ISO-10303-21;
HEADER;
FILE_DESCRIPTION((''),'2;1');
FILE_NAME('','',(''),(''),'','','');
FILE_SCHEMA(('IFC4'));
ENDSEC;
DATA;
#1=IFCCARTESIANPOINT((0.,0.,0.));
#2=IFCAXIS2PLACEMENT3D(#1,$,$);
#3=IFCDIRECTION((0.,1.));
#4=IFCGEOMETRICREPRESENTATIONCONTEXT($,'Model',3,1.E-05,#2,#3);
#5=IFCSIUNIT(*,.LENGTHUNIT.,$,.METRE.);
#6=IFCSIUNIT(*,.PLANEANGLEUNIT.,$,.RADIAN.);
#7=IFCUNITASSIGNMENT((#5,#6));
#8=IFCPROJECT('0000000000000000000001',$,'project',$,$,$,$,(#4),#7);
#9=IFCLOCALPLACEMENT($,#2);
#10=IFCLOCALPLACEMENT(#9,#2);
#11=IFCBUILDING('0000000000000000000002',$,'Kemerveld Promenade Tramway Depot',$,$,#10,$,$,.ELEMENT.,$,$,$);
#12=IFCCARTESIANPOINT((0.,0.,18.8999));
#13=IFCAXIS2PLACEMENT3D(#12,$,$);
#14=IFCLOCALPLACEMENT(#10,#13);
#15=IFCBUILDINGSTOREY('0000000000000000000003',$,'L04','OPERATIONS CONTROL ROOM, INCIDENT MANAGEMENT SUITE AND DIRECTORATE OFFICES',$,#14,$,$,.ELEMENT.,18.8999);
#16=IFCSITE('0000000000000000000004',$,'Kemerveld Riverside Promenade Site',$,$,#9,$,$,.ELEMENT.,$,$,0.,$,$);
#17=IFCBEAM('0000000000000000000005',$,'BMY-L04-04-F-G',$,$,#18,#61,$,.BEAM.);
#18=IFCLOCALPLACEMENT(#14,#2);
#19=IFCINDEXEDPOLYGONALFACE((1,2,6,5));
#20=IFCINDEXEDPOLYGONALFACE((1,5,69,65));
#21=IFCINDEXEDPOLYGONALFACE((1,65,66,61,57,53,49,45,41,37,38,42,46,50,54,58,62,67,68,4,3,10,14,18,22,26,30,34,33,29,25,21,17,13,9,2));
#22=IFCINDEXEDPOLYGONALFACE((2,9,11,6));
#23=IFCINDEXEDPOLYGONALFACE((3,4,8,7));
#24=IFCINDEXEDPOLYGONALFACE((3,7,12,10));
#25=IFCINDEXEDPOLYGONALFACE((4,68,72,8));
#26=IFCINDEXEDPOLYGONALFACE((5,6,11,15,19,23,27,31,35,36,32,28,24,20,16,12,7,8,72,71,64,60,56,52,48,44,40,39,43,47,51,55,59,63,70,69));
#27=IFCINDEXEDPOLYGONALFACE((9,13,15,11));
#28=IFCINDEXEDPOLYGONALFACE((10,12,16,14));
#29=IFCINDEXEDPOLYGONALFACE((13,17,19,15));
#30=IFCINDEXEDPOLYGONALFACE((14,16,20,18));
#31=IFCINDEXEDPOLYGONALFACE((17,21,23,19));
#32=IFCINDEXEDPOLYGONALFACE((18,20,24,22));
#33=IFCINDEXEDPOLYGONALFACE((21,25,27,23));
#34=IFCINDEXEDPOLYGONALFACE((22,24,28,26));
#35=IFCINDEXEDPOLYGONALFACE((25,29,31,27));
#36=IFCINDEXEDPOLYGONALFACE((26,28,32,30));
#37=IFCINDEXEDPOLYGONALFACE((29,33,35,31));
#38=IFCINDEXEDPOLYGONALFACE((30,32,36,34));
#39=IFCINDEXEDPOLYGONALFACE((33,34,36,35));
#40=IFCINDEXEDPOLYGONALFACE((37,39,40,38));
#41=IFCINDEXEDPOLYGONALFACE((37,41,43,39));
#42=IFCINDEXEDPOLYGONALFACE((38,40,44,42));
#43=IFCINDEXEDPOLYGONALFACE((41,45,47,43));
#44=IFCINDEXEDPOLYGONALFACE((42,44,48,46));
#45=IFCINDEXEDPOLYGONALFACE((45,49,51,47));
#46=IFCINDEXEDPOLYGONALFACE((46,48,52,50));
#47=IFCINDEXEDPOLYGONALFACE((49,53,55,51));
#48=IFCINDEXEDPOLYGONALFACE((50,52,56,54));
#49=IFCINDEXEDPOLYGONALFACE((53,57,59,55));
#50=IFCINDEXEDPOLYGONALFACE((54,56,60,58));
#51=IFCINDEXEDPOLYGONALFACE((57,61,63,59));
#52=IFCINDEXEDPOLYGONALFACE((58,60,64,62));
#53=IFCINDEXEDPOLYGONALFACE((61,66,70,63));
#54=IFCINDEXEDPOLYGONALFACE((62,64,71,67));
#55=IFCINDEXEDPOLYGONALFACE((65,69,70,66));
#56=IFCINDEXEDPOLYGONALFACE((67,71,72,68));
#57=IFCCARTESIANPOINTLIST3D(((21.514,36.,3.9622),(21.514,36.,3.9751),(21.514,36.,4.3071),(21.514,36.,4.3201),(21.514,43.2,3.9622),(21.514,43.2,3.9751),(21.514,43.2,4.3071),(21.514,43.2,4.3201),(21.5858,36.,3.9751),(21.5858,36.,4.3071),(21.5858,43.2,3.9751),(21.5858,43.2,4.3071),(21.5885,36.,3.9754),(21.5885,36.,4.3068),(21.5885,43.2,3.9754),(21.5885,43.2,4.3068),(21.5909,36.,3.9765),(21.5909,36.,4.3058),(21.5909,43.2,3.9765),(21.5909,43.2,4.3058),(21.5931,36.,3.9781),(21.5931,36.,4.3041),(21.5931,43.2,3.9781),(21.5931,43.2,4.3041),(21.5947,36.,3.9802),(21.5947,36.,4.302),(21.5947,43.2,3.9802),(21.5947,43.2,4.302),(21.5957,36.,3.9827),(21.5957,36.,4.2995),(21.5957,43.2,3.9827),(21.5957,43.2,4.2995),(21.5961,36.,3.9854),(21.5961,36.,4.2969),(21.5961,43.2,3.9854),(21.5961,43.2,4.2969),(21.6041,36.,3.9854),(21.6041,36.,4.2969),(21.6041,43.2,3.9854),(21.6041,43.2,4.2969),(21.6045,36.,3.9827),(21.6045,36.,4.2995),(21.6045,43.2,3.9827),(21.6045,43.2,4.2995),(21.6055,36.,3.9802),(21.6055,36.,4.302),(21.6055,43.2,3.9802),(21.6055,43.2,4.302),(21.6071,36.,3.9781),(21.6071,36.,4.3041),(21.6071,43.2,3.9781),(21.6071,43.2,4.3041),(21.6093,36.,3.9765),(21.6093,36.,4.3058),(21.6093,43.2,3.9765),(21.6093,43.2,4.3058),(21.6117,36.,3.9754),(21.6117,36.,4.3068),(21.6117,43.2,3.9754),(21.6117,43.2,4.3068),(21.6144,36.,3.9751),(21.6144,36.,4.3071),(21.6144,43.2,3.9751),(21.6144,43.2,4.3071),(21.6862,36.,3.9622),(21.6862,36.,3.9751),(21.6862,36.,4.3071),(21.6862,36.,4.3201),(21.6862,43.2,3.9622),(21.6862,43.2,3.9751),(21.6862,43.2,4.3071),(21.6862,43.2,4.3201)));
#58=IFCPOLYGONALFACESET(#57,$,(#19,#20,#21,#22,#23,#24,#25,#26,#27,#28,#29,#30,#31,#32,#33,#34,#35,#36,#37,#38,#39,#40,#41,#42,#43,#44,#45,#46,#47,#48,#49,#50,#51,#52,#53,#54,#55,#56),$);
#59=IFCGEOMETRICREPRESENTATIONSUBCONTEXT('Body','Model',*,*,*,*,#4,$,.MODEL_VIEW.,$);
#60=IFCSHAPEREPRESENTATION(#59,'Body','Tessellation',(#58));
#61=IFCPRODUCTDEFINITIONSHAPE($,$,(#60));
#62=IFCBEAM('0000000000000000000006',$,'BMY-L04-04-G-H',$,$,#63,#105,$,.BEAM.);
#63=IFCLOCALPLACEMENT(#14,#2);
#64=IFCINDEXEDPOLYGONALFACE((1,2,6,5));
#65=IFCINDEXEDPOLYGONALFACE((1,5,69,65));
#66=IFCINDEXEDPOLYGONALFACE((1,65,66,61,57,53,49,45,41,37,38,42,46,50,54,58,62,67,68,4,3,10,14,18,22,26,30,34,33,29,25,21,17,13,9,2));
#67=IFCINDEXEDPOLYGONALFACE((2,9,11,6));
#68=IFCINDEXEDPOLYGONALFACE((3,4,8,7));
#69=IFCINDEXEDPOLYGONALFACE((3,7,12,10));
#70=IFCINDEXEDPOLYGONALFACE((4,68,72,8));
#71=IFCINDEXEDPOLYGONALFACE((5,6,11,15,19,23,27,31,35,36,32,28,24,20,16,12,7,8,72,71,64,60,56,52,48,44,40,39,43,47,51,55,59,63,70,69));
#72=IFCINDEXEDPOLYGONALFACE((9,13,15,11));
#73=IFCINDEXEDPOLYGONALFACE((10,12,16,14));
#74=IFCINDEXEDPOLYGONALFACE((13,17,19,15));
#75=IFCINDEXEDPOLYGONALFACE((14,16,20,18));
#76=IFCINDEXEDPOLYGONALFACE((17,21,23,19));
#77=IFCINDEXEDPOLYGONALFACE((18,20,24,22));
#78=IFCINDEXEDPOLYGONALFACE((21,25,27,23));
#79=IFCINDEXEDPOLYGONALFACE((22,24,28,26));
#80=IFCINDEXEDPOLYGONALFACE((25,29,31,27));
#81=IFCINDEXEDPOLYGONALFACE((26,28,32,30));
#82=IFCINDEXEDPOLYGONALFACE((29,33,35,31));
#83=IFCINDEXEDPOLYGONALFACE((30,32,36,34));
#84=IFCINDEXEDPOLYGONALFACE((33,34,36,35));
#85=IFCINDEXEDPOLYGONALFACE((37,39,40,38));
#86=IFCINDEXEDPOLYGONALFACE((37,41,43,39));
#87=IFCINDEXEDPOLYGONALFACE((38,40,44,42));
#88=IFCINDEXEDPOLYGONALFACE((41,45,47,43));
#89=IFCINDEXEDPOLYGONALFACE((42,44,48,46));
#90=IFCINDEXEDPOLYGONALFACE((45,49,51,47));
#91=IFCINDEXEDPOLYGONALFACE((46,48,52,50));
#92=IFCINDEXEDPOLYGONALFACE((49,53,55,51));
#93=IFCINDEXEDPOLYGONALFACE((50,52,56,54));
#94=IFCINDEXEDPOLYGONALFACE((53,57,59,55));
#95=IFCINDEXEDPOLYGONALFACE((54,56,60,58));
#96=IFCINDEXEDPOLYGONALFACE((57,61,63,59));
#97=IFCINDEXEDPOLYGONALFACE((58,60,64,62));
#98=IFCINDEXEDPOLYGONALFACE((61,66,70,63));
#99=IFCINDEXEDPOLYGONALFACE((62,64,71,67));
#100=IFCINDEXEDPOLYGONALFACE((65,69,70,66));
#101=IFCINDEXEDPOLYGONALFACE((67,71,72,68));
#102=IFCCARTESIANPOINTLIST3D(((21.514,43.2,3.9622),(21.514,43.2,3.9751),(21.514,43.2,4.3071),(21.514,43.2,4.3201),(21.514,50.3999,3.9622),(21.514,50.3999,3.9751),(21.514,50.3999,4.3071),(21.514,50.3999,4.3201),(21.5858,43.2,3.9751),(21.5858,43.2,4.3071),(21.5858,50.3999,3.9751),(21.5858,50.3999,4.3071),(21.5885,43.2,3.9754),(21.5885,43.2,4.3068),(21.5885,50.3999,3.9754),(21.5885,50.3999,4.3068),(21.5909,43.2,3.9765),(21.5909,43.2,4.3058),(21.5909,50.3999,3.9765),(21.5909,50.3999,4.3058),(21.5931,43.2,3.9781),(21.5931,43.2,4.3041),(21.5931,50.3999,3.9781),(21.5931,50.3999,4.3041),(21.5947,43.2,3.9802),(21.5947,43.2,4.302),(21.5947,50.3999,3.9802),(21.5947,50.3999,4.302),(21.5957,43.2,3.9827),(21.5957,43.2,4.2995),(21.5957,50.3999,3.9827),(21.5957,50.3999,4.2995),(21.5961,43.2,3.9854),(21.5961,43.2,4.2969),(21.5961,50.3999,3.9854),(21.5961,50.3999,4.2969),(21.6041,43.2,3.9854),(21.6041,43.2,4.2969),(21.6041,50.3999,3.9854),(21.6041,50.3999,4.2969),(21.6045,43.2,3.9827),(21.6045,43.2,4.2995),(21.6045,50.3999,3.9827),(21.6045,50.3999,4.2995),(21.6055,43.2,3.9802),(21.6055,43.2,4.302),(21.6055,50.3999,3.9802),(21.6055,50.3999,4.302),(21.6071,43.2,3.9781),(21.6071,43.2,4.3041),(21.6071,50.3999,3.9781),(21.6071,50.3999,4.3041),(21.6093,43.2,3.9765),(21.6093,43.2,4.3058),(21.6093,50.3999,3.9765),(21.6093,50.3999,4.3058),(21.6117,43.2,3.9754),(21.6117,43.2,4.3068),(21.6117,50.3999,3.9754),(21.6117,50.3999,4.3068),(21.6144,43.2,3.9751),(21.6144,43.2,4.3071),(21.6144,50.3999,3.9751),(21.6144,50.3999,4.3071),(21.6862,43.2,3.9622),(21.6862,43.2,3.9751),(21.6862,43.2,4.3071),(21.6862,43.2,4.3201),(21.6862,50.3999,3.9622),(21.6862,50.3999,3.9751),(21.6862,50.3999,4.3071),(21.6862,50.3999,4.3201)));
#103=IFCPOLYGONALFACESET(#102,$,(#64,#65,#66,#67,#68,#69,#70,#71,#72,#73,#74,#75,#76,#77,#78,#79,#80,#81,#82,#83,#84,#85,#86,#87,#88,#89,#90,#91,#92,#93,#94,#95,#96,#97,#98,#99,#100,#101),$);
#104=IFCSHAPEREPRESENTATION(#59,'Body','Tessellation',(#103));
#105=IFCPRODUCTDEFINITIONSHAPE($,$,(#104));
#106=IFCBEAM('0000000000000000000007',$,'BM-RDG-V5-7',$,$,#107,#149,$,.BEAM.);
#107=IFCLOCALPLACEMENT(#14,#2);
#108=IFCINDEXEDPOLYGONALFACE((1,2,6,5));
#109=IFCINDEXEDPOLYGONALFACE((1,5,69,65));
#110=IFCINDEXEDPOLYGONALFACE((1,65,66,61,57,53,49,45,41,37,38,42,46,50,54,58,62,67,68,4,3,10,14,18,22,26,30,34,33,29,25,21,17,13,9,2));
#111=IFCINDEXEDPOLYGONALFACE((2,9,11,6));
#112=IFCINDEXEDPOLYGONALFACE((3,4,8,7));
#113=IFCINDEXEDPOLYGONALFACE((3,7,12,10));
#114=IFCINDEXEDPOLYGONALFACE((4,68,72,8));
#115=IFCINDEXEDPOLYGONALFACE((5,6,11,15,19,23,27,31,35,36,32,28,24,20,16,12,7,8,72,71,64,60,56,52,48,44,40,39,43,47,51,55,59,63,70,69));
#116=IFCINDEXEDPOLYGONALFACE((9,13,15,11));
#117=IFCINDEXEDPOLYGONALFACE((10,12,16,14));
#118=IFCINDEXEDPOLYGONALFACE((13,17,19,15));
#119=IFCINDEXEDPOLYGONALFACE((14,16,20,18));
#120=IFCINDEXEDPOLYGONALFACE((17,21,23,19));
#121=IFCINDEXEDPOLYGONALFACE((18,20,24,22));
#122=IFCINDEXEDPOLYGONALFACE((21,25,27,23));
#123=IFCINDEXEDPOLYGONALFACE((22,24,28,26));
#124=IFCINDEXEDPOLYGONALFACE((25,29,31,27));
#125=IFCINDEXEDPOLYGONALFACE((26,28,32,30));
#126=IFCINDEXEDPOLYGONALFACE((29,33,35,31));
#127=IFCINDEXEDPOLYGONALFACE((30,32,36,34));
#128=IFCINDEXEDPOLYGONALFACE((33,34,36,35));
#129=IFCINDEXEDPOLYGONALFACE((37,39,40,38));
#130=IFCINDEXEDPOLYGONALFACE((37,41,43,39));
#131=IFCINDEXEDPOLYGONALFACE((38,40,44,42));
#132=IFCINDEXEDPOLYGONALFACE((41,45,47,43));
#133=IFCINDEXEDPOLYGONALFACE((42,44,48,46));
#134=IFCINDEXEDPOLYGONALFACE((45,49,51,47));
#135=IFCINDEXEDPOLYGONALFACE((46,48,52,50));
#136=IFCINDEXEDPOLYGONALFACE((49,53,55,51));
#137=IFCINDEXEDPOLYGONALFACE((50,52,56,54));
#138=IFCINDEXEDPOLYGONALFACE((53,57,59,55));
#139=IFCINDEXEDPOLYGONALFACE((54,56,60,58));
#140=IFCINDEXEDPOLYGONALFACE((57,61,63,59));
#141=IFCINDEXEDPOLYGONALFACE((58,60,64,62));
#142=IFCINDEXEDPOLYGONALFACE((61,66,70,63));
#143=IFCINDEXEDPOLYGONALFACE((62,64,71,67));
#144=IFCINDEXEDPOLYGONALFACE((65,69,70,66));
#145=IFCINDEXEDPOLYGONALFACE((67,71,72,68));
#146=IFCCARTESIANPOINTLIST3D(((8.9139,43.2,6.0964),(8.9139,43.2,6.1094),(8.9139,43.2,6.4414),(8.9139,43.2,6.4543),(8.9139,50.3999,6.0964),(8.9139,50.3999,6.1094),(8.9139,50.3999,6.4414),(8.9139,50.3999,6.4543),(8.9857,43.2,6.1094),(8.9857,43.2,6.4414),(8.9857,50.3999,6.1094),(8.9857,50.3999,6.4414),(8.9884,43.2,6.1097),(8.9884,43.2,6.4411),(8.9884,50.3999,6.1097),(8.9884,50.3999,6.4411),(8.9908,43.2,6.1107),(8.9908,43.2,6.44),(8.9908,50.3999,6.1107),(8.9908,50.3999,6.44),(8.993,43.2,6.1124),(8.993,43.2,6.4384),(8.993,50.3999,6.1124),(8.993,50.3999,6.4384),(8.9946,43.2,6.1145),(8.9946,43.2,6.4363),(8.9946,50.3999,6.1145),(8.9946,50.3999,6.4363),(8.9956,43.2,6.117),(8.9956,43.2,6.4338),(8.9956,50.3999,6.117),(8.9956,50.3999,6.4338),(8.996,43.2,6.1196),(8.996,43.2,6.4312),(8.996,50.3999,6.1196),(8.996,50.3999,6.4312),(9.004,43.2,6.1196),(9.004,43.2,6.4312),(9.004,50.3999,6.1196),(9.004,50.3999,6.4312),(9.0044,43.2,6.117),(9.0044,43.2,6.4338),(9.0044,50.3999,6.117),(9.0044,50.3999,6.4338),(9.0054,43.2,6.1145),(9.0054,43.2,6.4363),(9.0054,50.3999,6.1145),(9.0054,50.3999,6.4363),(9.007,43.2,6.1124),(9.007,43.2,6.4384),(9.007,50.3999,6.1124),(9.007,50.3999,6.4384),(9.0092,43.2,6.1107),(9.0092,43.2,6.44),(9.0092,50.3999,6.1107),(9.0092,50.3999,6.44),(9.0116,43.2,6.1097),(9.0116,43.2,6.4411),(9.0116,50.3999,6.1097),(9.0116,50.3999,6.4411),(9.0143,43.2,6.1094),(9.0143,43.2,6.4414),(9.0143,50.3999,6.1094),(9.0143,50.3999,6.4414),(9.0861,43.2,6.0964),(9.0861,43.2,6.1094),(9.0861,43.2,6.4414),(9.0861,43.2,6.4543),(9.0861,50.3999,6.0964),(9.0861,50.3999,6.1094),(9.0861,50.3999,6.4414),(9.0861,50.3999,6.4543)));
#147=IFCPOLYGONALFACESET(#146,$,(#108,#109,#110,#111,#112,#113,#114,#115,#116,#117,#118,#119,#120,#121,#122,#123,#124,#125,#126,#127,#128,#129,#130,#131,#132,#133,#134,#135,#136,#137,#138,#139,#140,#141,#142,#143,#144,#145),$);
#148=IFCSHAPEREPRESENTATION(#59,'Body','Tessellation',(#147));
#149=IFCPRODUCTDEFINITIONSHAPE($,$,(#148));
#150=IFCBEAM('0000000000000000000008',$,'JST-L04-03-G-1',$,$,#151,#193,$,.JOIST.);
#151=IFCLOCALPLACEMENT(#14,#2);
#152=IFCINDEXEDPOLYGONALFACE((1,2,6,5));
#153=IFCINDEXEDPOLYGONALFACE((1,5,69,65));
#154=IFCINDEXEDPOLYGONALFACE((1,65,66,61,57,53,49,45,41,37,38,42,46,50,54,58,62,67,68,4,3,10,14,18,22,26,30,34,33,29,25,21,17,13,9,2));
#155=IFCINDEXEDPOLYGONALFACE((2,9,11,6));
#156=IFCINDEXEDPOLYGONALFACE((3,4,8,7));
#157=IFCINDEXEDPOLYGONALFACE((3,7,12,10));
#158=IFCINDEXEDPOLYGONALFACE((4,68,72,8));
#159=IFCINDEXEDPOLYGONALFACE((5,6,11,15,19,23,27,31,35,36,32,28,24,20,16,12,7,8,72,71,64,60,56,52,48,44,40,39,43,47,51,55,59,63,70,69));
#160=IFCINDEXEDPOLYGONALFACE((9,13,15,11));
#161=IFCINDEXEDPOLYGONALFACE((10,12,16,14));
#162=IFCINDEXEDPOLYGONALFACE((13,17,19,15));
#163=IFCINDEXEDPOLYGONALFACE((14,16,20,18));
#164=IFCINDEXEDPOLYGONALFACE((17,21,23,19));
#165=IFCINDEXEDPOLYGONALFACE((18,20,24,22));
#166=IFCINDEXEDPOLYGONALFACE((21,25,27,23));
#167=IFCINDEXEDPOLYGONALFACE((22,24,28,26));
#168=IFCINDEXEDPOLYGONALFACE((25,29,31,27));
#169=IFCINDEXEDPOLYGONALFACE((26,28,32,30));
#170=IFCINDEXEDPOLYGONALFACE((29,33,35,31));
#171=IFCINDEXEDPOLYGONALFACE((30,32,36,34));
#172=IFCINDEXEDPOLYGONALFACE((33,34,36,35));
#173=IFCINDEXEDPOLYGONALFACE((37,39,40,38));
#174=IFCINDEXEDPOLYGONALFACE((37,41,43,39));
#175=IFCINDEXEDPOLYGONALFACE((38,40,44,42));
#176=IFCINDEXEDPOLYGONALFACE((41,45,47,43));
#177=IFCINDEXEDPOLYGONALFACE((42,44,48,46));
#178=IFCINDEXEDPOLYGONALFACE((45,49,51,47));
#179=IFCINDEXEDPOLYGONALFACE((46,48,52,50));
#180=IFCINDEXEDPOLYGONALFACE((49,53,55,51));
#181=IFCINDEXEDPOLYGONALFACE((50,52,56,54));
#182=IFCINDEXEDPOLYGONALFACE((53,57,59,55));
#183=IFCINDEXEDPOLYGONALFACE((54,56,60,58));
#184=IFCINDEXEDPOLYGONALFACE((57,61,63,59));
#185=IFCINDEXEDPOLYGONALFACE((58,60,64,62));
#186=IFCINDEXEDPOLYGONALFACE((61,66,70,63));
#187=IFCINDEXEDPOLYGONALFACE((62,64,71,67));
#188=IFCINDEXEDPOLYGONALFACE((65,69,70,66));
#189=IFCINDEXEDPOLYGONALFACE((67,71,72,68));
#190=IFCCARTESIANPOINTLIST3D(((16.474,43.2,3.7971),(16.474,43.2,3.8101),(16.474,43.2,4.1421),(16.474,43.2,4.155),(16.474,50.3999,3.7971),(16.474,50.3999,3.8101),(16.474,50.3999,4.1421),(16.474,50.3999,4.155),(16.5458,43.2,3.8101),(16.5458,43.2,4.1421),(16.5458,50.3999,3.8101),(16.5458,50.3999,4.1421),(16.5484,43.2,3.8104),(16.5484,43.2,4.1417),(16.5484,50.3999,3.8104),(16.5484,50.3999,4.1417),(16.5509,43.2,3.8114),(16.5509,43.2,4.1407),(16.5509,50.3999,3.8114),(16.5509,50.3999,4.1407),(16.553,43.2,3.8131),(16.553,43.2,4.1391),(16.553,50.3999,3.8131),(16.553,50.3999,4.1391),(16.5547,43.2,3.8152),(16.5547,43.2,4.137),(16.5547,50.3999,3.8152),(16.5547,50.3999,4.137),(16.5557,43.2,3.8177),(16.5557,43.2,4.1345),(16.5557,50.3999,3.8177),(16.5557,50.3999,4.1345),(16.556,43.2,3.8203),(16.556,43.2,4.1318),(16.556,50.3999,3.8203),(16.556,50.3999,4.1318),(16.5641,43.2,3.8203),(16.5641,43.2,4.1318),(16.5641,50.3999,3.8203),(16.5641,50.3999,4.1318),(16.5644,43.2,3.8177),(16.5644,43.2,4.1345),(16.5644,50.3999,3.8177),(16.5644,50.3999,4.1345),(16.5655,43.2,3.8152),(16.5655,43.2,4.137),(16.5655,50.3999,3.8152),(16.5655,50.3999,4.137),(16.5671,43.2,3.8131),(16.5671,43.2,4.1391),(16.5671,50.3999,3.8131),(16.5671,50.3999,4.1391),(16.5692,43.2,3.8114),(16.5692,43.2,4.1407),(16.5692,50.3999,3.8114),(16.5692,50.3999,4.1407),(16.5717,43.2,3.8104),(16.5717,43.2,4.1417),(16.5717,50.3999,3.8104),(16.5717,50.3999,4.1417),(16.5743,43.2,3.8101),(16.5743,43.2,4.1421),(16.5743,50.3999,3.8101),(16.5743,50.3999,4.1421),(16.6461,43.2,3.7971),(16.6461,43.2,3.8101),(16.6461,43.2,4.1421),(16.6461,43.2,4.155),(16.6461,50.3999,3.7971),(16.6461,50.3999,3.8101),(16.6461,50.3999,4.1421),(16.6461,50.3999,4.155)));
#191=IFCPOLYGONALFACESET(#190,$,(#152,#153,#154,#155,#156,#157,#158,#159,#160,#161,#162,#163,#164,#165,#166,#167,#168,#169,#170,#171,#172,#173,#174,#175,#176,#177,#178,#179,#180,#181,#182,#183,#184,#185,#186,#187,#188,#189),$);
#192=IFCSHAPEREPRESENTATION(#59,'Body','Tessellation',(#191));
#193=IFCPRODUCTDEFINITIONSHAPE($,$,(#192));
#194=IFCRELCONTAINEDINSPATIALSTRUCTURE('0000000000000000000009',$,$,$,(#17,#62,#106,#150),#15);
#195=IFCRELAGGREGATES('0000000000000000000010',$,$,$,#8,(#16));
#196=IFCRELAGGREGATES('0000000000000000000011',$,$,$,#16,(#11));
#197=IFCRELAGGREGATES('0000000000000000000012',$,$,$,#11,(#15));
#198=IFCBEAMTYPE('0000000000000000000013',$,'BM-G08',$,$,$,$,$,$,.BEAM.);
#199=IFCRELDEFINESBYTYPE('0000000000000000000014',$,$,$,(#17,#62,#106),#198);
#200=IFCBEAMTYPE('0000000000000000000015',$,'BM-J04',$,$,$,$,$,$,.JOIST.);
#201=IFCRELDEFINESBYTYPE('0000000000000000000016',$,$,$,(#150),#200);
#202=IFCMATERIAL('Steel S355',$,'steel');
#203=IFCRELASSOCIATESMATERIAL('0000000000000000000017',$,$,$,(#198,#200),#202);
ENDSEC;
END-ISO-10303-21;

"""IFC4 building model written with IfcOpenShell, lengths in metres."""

from ifc_helpers import new_model, si_unit, direction, frame, origin, origin_2d, place, context, subcontext, project, spatial, i_section, extrude, material, material_profile, profile_set, type_object, element, save


model = new_model("IFC4")

# Units and contexts
model_context = context("Model", 3, precision=1e-05, world=origin(), true_north=direction((0.0, 1.0)))
body_context = subcontext(model_context, "Body", "Model", "MODEL_VIEW")
ifc_project = project(units=[si_unit("LENGTHUNIT", "METRE"), si_unit("PLANEANGLEUNIT", "RADIAN")], contexts=[model_context])

# Site, building, storey
site_placement = place(None, origin())
site = spatial("IfcSite", under=ifc_project, at=site_placement, Name="Kemerveld Riverside Promenade Site", CompositionType="ELEMENT", RefElevation=0.0)
building_placement = place(site_placement, origin())
building = spatial("IfcBuilding", under=site, at=building_placement, Name="Kemerveld Promenade Tramway Depot", CompositionType="ELEMENT")
storey_placement = place(building_placement, frame((0.0, 0.0, 18.8999)))
storey = spatial("IfcBuildingStorey", under=building, at=storey_placement, Name="L04", Description="OPERATIONS CONTROL ROOM, INCIDENT MANAGEMENT SUITE AND DIRECTORATE OFFICES", CompositionType="ELEMENT", Elevation=18.8999)

# Shared definitions
ifc_material_1 = material(Name="Steel S355", Category="steel")

# Beams
ifc_material_profile_1 = material_profile(ifc_material_1, i_section(OverallWidth=0.1721, OverallDepth=0.3579, WebThickness=0.0081, FlangeThickness=0.0129, FilletRadius=0.0103, at=origin_2d()), Name="356x171x57 UB")
ifc_profile_set_1 = profile_set([ifc_material_profile_1], Name="Steel S355")
beam_type_1 = type_object("IfcBeamType", Name="BM-G08", PredefinedType="BEAM", material=ifc_profile_set_1)
for number, where, z_axis, x_axis, name in (
    (1, (21.6001, 36.0, 4.1411), (0.0, 1.0, 0.0), (-1.0, 0.0, 0.0), "BMY-L04-04-F-G"),
    (2, (21.6001, 43.2, 4.1411), (0.0, 1.0, 0.0), (-1.0, 0.0, 0.0), "BMY-L04-04-G-H"),
    (3, (9.0, 43.2, 6.2754), (0.0, 1.0, 0.0), (-1.0, 0.0, 0.0), "BM-RDG-V5-7"),
):
    element("IfcBeam", number, at=place(storey_placement, frame(where, z_axis=z_axis, x_axis=x_axis)), inside=storey, type_object=beam_type_1, Name=name, PredefinedType="BEAM", context=body_context, shape_type="SweptSolid", body=[
        extrude(i_section(OverallWidth=0.1721, OverallDepth=0.3579, WebThickness=0.0081, FlangeThickness=0.0129, FilletRadius=0.0103, at=origin_2d()), origin(), (0.0, 0.0, 1.0), 7.2),
    ])
ifc_material_profile_2 = material_profile(ifc_material_1, i_section(OverallWidth=0.1721, OverallDepth=0.3579, WebThickness=0.0081, FlangeThickness=0.0129, FilletRadius=0.0103, at=origin_2d()), Name="356x171x57 UB")
ifc_profile_set_2 = profile_set([ifc_material_profile_2], Name="Steel S355")
beam_type_2 = type_object("IfcBeamType", Name="BM-J04", PredefinedType="JOIST", material=ifc_profile_set_2)
for number, where, z_axis, x_axis, name in (
    (4, (16.5601, 43.2, 3.9761), (0.0, 1.0, 0.0), (-1.0, 0.0, 0.0), "JST-L04-03-G-1"),
):
    element("IfcBeam", number, at=place(storey_placement, frame(where, z_axis=z_axis, x_axis=x_axis)), inside=storey, type_object=beam_type_2, Name=name, PredefinedType="JOIST", context=body_context, shape_type="SweptSolid", body=[
        extrude(i_section(OverallWidth=0.1721, OverallDepth=0.3579, WebThickness=0.0081, FlangeThickness=0.0129, FilletRadius=0.0103, at=origin_2d()), origin(), (0.0, 0.0, 1.0), 7.2),
    ])

save(model, "model.ifc")
